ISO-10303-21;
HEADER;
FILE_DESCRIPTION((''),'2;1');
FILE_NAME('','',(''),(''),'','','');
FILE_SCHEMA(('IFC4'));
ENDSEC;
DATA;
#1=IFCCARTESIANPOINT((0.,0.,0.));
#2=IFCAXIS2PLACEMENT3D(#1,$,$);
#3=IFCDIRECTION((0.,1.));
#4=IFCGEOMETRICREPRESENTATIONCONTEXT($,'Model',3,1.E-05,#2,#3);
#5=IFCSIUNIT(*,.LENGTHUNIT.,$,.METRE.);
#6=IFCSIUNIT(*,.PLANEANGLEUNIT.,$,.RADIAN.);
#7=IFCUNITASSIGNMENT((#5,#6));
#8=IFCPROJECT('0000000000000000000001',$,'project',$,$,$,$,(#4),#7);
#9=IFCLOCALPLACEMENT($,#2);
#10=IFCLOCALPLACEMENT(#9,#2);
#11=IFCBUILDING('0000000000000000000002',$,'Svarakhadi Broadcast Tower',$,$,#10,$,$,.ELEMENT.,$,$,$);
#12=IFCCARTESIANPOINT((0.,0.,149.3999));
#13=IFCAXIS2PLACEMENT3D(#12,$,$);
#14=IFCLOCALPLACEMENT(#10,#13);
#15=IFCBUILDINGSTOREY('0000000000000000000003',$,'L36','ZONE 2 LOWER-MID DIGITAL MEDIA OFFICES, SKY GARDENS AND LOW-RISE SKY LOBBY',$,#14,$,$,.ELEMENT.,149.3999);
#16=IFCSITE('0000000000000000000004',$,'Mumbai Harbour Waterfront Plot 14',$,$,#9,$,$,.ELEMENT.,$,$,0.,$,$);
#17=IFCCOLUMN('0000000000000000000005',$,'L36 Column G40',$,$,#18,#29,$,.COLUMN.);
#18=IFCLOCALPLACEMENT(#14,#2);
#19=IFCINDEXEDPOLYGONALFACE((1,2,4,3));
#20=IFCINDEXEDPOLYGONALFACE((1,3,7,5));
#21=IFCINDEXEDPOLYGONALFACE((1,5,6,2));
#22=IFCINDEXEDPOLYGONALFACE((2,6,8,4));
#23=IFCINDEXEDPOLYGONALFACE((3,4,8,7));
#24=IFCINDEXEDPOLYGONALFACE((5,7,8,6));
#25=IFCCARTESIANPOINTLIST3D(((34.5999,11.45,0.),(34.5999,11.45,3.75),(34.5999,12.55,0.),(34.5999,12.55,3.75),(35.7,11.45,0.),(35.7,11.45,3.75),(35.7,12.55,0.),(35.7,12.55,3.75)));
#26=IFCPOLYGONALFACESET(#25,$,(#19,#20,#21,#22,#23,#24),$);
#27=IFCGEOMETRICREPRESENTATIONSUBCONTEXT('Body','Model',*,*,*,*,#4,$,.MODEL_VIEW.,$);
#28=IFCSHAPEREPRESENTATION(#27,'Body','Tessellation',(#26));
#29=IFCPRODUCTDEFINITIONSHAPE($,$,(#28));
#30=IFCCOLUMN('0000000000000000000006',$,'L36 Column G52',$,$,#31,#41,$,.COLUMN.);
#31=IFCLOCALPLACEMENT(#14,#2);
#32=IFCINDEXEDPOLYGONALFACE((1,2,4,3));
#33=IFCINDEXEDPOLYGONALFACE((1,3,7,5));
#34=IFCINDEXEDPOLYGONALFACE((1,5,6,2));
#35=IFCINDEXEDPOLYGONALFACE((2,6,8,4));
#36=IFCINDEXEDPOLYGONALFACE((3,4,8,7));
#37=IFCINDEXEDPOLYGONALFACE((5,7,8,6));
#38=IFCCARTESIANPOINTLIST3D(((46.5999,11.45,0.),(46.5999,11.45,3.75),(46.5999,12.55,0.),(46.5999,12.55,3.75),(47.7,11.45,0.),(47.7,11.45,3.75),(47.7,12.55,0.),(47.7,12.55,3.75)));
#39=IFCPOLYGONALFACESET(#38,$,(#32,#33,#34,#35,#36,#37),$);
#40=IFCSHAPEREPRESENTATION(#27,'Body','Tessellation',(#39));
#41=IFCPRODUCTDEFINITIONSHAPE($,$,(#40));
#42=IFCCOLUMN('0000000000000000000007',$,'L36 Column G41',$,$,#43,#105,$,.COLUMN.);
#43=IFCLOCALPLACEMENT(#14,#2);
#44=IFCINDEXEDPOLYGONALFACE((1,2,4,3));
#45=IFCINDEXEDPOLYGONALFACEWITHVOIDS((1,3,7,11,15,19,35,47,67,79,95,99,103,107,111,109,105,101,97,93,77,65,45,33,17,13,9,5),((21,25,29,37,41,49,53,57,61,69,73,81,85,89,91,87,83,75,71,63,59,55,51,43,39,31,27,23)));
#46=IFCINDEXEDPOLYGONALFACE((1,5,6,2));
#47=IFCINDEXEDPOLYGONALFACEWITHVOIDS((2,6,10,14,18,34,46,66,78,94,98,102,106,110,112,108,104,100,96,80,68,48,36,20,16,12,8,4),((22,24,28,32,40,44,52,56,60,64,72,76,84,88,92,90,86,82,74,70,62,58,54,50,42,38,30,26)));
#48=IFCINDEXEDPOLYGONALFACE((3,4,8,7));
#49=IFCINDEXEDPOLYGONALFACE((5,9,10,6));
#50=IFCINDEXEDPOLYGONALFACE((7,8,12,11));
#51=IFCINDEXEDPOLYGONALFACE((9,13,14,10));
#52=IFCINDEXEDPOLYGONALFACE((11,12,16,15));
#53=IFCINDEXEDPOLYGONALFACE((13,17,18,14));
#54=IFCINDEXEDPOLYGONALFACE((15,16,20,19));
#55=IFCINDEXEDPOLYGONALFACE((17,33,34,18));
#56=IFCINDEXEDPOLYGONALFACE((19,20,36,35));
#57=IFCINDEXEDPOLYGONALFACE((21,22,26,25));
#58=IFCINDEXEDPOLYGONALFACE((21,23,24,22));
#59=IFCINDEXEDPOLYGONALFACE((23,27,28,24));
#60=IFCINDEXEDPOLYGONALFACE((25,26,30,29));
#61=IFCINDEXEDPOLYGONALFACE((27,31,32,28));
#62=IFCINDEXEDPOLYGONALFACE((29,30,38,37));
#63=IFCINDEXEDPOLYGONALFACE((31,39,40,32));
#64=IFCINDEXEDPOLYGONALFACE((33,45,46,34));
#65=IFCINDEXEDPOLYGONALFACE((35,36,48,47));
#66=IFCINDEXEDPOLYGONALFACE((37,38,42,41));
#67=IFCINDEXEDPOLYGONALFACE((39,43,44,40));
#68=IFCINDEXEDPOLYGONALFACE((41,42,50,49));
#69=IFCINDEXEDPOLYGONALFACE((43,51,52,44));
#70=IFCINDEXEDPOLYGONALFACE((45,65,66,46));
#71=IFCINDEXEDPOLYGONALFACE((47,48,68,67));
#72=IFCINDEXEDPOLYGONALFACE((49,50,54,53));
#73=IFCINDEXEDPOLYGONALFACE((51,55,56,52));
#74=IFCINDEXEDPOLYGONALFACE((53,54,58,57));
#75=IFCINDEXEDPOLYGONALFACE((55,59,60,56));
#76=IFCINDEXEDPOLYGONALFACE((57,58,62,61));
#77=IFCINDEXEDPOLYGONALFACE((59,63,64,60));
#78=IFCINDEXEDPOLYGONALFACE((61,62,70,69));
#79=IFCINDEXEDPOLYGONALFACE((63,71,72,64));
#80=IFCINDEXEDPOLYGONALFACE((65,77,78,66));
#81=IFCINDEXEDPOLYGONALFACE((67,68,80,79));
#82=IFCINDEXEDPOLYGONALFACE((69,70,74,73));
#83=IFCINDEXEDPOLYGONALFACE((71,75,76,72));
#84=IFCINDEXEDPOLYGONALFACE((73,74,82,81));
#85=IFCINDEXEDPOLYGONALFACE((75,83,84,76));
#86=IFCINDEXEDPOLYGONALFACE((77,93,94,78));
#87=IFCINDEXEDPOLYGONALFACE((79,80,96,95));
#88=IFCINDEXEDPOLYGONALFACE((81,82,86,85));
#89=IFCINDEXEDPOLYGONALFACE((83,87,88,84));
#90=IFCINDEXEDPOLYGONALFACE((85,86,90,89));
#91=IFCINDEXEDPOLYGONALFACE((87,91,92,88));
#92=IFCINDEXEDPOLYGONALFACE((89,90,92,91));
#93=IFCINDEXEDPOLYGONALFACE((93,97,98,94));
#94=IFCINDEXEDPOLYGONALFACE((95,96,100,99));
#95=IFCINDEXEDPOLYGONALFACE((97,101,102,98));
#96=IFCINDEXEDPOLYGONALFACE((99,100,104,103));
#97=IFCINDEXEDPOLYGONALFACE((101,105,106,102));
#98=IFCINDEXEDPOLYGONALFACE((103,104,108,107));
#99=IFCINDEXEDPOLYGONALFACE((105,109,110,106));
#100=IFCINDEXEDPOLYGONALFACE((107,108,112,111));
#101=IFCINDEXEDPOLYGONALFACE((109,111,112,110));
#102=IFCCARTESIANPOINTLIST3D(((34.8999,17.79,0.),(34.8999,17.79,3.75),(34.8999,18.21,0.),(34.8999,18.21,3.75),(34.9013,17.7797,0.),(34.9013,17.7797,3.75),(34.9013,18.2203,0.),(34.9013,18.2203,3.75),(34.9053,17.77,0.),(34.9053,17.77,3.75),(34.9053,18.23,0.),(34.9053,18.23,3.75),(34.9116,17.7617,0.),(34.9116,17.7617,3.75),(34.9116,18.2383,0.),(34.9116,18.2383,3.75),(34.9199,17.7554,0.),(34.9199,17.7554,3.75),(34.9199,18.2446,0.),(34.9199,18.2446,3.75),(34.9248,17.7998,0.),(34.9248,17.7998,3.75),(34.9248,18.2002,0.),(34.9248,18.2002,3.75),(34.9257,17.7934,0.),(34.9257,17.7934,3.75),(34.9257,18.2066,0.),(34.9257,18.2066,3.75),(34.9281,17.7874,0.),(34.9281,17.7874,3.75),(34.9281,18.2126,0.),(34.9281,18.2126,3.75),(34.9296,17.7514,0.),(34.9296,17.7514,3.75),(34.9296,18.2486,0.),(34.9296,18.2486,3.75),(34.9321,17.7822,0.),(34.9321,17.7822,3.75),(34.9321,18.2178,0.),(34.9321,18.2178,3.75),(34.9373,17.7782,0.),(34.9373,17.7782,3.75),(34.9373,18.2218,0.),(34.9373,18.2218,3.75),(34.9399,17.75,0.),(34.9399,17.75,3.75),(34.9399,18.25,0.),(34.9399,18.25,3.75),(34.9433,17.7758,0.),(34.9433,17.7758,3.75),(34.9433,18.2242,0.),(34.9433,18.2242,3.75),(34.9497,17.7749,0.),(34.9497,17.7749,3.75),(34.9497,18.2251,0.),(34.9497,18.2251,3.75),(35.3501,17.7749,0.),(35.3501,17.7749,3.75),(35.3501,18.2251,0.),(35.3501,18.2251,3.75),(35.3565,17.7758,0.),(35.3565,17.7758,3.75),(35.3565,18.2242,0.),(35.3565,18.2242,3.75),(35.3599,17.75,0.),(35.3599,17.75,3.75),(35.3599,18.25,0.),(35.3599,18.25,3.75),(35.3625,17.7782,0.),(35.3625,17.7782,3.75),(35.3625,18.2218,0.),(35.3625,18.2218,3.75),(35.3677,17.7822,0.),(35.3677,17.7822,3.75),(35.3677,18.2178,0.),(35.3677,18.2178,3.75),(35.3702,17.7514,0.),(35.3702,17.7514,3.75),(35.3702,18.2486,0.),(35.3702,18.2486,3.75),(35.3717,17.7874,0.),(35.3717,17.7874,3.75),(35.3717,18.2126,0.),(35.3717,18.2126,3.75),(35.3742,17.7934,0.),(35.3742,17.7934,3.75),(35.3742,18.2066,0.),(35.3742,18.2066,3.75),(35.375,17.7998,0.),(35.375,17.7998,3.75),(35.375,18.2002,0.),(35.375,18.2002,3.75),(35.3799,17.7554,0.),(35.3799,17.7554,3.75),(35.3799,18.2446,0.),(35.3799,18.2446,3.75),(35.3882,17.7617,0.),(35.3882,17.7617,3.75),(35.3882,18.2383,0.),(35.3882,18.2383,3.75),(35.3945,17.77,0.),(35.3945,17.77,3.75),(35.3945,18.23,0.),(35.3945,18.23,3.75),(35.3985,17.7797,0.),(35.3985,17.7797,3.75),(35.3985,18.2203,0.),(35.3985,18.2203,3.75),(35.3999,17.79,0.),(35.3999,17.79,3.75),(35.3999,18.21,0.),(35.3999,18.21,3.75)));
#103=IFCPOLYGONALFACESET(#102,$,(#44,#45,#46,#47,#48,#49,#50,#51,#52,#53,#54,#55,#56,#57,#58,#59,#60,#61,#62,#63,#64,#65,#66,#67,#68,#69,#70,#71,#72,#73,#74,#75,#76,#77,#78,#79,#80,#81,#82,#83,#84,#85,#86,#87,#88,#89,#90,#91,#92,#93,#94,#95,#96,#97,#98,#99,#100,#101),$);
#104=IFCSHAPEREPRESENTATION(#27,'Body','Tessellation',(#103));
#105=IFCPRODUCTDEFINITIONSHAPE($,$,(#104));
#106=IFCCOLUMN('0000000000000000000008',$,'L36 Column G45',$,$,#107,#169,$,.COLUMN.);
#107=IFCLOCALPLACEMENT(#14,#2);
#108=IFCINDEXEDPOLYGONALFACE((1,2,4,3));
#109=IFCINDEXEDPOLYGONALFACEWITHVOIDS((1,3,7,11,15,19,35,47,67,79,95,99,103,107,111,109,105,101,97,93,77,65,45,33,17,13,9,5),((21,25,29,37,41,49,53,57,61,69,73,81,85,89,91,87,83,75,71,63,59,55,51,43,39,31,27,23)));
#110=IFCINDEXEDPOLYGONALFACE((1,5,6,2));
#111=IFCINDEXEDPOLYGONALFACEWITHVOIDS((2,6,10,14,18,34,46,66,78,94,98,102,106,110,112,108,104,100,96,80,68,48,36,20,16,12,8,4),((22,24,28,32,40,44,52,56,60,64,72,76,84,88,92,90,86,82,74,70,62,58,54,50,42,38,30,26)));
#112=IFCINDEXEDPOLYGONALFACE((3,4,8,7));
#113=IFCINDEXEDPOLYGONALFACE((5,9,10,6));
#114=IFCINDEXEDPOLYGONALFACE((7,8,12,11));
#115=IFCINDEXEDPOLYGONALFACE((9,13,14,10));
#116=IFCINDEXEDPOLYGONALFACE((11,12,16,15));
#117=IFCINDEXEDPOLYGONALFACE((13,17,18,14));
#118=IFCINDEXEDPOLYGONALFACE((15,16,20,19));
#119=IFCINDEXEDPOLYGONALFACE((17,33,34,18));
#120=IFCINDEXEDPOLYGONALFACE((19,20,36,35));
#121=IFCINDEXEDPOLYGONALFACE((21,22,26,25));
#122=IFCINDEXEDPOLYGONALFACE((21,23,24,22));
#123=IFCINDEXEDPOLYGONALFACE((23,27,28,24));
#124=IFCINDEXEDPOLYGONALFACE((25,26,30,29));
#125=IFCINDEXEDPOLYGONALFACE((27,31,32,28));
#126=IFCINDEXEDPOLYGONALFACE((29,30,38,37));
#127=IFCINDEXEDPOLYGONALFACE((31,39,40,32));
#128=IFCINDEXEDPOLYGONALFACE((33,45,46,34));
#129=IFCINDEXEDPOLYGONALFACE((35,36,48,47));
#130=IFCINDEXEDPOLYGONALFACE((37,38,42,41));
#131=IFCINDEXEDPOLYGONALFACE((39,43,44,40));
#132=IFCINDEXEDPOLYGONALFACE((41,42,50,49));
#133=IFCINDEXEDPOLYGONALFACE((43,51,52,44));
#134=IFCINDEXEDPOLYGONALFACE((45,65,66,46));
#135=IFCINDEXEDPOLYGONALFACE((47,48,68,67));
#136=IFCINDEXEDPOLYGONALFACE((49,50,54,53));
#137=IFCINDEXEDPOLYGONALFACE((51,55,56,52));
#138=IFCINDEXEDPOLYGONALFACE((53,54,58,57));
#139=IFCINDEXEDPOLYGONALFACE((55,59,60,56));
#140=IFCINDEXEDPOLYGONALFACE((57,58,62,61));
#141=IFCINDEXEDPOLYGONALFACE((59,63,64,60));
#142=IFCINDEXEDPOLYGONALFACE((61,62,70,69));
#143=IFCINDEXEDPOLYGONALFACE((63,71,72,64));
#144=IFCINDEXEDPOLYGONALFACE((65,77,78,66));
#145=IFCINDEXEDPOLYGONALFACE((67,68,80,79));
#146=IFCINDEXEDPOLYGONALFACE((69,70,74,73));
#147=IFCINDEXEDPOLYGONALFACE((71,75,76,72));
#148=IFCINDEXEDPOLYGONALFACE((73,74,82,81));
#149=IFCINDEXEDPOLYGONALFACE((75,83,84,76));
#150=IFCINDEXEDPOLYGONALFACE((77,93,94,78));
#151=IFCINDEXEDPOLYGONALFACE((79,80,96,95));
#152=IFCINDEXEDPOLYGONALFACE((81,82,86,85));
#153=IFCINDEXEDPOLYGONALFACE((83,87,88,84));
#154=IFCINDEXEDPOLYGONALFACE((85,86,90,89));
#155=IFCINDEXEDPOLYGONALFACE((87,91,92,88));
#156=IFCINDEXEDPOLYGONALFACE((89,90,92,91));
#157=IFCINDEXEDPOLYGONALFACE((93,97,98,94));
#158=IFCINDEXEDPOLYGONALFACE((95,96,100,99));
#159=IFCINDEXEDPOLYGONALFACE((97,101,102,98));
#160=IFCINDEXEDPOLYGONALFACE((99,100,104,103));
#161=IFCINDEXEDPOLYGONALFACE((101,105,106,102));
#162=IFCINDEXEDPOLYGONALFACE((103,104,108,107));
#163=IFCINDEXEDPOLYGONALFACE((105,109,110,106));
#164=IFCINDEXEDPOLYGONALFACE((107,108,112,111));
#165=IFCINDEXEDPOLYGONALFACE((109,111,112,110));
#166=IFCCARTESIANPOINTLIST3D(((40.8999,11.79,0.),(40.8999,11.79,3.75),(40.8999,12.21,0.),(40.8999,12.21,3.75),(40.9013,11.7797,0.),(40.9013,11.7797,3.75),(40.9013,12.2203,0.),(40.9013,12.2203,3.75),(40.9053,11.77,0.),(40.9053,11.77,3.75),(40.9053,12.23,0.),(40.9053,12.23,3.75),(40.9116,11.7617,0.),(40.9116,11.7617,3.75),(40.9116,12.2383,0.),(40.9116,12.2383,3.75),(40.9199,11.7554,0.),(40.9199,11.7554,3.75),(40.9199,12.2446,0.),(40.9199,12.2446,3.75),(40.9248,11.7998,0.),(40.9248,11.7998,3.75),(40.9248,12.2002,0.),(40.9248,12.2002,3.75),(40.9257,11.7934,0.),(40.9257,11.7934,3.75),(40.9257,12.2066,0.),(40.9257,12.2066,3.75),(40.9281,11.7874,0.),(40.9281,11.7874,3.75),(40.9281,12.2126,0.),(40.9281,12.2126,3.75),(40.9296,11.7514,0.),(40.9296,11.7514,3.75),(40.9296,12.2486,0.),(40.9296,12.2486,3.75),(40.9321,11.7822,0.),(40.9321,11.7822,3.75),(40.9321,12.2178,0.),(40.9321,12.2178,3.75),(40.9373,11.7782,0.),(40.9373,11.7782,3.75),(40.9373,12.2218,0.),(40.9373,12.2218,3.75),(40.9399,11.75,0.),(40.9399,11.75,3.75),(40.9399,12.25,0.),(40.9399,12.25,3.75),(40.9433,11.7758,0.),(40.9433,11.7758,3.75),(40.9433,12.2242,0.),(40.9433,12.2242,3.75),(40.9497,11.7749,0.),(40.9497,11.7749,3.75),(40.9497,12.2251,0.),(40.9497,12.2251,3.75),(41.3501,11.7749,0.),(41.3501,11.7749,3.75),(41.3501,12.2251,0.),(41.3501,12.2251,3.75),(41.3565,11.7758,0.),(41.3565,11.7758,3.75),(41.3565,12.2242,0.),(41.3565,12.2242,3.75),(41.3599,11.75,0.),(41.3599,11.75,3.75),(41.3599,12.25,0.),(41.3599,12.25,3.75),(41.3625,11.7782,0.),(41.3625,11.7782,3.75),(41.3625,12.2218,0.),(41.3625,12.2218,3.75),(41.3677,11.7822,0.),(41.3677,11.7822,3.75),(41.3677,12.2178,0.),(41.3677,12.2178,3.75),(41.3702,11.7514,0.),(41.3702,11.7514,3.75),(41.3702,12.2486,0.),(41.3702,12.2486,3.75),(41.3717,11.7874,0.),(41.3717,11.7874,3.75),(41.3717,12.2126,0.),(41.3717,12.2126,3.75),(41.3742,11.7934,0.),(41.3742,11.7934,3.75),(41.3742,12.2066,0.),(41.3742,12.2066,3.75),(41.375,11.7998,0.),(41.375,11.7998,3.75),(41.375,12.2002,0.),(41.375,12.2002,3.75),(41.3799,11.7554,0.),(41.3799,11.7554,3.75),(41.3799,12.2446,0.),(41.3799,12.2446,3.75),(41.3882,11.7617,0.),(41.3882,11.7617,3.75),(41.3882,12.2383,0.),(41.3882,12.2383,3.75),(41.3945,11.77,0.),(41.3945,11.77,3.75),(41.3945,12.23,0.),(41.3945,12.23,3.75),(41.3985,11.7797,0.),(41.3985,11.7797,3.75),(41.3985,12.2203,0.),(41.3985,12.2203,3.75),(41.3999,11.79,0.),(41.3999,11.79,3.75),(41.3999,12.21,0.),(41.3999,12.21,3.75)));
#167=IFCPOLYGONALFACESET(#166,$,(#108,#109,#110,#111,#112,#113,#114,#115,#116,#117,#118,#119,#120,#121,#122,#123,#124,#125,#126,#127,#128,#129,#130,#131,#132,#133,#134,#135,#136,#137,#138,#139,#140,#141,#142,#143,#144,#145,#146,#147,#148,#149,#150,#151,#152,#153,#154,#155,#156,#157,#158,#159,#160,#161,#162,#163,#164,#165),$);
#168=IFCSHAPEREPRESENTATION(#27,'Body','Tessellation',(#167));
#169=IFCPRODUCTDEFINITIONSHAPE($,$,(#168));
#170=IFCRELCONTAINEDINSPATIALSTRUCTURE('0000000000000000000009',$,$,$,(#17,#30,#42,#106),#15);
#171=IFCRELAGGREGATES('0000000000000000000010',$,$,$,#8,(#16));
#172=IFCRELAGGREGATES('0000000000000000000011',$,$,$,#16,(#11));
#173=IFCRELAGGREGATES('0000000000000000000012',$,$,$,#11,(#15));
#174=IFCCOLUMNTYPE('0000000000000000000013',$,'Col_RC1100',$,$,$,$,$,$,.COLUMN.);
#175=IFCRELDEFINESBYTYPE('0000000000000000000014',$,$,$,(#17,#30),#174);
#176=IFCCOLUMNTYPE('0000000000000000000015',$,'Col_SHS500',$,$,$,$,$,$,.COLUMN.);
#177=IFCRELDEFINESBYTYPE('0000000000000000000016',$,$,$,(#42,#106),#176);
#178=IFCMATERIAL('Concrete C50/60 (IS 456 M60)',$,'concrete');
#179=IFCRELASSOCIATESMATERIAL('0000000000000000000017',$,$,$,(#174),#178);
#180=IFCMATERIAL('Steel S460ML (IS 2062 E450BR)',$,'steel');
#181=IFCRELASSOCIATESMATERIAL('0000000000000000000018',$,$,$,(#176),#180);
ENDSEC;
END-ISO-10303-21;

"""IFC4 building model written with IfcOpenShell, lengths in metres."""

from ifc_helpers import new_model, si_unit, direction, frame, origin, origin_2d, place, context, subcontext, project, spatial, rectangle, hollow_rectangle, extrude, material, material_profile, profile_set, type_object, element, save


model = new_model("IFC4")

# Units and contexts
model_context = context("Model", 3, precision=1e-05, world=origin(), true_north=direction((0.0, 1.0)))
body_context = subcontext(model_context, "Body", "Model", "MODEL_VIEW")
ifc_project = project(units=[si_unit("LENGTHUNIT", "METRE"), si_unit("PLANEANGLEUNIT", "RADIAN")], contexts=[model_context])

# Site, building, storey
site_placement = place(None, origin())
site = spatial("IfcSite", under=ifc_project, at=site_placement, Name="Mumbai Harbour Waterfront Plot 14", CompositionType="ELEMENT", RefElevation=0.0)
building_placement = place(site_placement, origin())
building = spatial("IfcBuilding", under=site, at=building_placement, Name="Svarakhadi Broadcast Tower", CompositionType="ELEMENT")
storey_placement = place(building_placement, frame((0.0, 0.0, 149.3999)))
storey = spatial("IfcBuildingStorey", under=building, at=storey_placement, Name="L36", Description="ZONE 2 LOWER-MID DIGITAL MEDIA OFFICES, SKY GARDENS AND LOW-RISE SKY LOBBY", CompositionType="ELEMENT", Elevation=149.3999)

# Columns
ifc_material_1 = material(Name="Concrete C50/60 (IS 456 M60)", Category="concrete")
ifc_material_profile_1 = material_profile(ifc_material_1, rectangle(XDim=1.1001, YDim=1.1001, at=origin_2d()), Name="RC 1100x1100")
ifc_profile_set_1 = profile_set([ifc_material_profile_1], Name="Concrete C50/60 (IS 456 M60)")
column_type_1 = type_object("IfcColumnType", Name="Col_RC1100", PredefinedType="COLUMN", material=ifc_profile_set_1)
for number, where, z_axis, x_axis, name in (
    (1, (35.1499, 12.0, 0.0), (0.0, 0.0, 1.0), (1.0, 0.0, 0.0), "L36 Column G40"),
    (2, (47.1499, 12.0, 0.0), (0.0, 0.0, 1.0), (1.0, 0.0, 0.0), "L36 Column G52"),
):
    element("IfcColumn", number, at=place(storey_placement, frame(where, z_axis=z_axis, x_axis=x_axis)), inside=storey, type_object=column_type_1, Name=name, PredefinedType="COLUMN", context=body_context, shape_type="SweptSolid", body=[
        extrude(rectangle(XDim=1.1001, YDim=1.1001, at=origin_2d()), origin(), (0.0, 0.0, 1.0), 3.75),
    ])
ifc_material_2 = material(Name="Steel S460ML (IS 2062 E450BR)", Category="steel")
ifc_material_profile_2 = material_profile(ifc_material_2, hollow_rectangle(XDim=0.5, YDim=0.5, WallThickness=0.0249, InnerFilletRadius=0.0249, OuterFilletRadius=0.04, at=origin_2d()), Name="SHS 500x500x25")
ifc_profile_set_2 = profile_set([ifc_material_profile_2], Name="Steel S460ML (IS 2062 E450BR)")
column_type_2 = type_object("IfcColumnType", Name="Col_SHS500", PredefinedType="COLUMN", material=ifc_profile_set_2)
for number, where, z_axis, x_axis, name in (
    (3, (35.1499, 18.0, 0.0), (0.0, 0.0, 1.0), (1.0, 0.0, 0.0), "L36 Column G41"),
    (4, (41.1499, 12.0, 0.0), (0.0, 0.0, 1.0), (1.0, 0.0, 0.0), "L36 Column G45"),
):
    element("IfcColumn", number, at=place(storey_placement, frame(where, z_axis=z_axis, x_axis=x_axis)), inside=storey, type_object=column_type_2, Name=name, PredefinedType="COLUMN", context=body_context, shape_type="SweptSolid", body=[
        extrude(hollow_rectangle(XDim=0.5, YDim=0.5, WallThickness=0.0249, InnerFilletRadius=0.0249, OuterFilletRadius=0.04, at=origin_2d()), origin(), (0.0, 0.0, 1.0), 3.75),
    ])

save(model, "model.ifc")
